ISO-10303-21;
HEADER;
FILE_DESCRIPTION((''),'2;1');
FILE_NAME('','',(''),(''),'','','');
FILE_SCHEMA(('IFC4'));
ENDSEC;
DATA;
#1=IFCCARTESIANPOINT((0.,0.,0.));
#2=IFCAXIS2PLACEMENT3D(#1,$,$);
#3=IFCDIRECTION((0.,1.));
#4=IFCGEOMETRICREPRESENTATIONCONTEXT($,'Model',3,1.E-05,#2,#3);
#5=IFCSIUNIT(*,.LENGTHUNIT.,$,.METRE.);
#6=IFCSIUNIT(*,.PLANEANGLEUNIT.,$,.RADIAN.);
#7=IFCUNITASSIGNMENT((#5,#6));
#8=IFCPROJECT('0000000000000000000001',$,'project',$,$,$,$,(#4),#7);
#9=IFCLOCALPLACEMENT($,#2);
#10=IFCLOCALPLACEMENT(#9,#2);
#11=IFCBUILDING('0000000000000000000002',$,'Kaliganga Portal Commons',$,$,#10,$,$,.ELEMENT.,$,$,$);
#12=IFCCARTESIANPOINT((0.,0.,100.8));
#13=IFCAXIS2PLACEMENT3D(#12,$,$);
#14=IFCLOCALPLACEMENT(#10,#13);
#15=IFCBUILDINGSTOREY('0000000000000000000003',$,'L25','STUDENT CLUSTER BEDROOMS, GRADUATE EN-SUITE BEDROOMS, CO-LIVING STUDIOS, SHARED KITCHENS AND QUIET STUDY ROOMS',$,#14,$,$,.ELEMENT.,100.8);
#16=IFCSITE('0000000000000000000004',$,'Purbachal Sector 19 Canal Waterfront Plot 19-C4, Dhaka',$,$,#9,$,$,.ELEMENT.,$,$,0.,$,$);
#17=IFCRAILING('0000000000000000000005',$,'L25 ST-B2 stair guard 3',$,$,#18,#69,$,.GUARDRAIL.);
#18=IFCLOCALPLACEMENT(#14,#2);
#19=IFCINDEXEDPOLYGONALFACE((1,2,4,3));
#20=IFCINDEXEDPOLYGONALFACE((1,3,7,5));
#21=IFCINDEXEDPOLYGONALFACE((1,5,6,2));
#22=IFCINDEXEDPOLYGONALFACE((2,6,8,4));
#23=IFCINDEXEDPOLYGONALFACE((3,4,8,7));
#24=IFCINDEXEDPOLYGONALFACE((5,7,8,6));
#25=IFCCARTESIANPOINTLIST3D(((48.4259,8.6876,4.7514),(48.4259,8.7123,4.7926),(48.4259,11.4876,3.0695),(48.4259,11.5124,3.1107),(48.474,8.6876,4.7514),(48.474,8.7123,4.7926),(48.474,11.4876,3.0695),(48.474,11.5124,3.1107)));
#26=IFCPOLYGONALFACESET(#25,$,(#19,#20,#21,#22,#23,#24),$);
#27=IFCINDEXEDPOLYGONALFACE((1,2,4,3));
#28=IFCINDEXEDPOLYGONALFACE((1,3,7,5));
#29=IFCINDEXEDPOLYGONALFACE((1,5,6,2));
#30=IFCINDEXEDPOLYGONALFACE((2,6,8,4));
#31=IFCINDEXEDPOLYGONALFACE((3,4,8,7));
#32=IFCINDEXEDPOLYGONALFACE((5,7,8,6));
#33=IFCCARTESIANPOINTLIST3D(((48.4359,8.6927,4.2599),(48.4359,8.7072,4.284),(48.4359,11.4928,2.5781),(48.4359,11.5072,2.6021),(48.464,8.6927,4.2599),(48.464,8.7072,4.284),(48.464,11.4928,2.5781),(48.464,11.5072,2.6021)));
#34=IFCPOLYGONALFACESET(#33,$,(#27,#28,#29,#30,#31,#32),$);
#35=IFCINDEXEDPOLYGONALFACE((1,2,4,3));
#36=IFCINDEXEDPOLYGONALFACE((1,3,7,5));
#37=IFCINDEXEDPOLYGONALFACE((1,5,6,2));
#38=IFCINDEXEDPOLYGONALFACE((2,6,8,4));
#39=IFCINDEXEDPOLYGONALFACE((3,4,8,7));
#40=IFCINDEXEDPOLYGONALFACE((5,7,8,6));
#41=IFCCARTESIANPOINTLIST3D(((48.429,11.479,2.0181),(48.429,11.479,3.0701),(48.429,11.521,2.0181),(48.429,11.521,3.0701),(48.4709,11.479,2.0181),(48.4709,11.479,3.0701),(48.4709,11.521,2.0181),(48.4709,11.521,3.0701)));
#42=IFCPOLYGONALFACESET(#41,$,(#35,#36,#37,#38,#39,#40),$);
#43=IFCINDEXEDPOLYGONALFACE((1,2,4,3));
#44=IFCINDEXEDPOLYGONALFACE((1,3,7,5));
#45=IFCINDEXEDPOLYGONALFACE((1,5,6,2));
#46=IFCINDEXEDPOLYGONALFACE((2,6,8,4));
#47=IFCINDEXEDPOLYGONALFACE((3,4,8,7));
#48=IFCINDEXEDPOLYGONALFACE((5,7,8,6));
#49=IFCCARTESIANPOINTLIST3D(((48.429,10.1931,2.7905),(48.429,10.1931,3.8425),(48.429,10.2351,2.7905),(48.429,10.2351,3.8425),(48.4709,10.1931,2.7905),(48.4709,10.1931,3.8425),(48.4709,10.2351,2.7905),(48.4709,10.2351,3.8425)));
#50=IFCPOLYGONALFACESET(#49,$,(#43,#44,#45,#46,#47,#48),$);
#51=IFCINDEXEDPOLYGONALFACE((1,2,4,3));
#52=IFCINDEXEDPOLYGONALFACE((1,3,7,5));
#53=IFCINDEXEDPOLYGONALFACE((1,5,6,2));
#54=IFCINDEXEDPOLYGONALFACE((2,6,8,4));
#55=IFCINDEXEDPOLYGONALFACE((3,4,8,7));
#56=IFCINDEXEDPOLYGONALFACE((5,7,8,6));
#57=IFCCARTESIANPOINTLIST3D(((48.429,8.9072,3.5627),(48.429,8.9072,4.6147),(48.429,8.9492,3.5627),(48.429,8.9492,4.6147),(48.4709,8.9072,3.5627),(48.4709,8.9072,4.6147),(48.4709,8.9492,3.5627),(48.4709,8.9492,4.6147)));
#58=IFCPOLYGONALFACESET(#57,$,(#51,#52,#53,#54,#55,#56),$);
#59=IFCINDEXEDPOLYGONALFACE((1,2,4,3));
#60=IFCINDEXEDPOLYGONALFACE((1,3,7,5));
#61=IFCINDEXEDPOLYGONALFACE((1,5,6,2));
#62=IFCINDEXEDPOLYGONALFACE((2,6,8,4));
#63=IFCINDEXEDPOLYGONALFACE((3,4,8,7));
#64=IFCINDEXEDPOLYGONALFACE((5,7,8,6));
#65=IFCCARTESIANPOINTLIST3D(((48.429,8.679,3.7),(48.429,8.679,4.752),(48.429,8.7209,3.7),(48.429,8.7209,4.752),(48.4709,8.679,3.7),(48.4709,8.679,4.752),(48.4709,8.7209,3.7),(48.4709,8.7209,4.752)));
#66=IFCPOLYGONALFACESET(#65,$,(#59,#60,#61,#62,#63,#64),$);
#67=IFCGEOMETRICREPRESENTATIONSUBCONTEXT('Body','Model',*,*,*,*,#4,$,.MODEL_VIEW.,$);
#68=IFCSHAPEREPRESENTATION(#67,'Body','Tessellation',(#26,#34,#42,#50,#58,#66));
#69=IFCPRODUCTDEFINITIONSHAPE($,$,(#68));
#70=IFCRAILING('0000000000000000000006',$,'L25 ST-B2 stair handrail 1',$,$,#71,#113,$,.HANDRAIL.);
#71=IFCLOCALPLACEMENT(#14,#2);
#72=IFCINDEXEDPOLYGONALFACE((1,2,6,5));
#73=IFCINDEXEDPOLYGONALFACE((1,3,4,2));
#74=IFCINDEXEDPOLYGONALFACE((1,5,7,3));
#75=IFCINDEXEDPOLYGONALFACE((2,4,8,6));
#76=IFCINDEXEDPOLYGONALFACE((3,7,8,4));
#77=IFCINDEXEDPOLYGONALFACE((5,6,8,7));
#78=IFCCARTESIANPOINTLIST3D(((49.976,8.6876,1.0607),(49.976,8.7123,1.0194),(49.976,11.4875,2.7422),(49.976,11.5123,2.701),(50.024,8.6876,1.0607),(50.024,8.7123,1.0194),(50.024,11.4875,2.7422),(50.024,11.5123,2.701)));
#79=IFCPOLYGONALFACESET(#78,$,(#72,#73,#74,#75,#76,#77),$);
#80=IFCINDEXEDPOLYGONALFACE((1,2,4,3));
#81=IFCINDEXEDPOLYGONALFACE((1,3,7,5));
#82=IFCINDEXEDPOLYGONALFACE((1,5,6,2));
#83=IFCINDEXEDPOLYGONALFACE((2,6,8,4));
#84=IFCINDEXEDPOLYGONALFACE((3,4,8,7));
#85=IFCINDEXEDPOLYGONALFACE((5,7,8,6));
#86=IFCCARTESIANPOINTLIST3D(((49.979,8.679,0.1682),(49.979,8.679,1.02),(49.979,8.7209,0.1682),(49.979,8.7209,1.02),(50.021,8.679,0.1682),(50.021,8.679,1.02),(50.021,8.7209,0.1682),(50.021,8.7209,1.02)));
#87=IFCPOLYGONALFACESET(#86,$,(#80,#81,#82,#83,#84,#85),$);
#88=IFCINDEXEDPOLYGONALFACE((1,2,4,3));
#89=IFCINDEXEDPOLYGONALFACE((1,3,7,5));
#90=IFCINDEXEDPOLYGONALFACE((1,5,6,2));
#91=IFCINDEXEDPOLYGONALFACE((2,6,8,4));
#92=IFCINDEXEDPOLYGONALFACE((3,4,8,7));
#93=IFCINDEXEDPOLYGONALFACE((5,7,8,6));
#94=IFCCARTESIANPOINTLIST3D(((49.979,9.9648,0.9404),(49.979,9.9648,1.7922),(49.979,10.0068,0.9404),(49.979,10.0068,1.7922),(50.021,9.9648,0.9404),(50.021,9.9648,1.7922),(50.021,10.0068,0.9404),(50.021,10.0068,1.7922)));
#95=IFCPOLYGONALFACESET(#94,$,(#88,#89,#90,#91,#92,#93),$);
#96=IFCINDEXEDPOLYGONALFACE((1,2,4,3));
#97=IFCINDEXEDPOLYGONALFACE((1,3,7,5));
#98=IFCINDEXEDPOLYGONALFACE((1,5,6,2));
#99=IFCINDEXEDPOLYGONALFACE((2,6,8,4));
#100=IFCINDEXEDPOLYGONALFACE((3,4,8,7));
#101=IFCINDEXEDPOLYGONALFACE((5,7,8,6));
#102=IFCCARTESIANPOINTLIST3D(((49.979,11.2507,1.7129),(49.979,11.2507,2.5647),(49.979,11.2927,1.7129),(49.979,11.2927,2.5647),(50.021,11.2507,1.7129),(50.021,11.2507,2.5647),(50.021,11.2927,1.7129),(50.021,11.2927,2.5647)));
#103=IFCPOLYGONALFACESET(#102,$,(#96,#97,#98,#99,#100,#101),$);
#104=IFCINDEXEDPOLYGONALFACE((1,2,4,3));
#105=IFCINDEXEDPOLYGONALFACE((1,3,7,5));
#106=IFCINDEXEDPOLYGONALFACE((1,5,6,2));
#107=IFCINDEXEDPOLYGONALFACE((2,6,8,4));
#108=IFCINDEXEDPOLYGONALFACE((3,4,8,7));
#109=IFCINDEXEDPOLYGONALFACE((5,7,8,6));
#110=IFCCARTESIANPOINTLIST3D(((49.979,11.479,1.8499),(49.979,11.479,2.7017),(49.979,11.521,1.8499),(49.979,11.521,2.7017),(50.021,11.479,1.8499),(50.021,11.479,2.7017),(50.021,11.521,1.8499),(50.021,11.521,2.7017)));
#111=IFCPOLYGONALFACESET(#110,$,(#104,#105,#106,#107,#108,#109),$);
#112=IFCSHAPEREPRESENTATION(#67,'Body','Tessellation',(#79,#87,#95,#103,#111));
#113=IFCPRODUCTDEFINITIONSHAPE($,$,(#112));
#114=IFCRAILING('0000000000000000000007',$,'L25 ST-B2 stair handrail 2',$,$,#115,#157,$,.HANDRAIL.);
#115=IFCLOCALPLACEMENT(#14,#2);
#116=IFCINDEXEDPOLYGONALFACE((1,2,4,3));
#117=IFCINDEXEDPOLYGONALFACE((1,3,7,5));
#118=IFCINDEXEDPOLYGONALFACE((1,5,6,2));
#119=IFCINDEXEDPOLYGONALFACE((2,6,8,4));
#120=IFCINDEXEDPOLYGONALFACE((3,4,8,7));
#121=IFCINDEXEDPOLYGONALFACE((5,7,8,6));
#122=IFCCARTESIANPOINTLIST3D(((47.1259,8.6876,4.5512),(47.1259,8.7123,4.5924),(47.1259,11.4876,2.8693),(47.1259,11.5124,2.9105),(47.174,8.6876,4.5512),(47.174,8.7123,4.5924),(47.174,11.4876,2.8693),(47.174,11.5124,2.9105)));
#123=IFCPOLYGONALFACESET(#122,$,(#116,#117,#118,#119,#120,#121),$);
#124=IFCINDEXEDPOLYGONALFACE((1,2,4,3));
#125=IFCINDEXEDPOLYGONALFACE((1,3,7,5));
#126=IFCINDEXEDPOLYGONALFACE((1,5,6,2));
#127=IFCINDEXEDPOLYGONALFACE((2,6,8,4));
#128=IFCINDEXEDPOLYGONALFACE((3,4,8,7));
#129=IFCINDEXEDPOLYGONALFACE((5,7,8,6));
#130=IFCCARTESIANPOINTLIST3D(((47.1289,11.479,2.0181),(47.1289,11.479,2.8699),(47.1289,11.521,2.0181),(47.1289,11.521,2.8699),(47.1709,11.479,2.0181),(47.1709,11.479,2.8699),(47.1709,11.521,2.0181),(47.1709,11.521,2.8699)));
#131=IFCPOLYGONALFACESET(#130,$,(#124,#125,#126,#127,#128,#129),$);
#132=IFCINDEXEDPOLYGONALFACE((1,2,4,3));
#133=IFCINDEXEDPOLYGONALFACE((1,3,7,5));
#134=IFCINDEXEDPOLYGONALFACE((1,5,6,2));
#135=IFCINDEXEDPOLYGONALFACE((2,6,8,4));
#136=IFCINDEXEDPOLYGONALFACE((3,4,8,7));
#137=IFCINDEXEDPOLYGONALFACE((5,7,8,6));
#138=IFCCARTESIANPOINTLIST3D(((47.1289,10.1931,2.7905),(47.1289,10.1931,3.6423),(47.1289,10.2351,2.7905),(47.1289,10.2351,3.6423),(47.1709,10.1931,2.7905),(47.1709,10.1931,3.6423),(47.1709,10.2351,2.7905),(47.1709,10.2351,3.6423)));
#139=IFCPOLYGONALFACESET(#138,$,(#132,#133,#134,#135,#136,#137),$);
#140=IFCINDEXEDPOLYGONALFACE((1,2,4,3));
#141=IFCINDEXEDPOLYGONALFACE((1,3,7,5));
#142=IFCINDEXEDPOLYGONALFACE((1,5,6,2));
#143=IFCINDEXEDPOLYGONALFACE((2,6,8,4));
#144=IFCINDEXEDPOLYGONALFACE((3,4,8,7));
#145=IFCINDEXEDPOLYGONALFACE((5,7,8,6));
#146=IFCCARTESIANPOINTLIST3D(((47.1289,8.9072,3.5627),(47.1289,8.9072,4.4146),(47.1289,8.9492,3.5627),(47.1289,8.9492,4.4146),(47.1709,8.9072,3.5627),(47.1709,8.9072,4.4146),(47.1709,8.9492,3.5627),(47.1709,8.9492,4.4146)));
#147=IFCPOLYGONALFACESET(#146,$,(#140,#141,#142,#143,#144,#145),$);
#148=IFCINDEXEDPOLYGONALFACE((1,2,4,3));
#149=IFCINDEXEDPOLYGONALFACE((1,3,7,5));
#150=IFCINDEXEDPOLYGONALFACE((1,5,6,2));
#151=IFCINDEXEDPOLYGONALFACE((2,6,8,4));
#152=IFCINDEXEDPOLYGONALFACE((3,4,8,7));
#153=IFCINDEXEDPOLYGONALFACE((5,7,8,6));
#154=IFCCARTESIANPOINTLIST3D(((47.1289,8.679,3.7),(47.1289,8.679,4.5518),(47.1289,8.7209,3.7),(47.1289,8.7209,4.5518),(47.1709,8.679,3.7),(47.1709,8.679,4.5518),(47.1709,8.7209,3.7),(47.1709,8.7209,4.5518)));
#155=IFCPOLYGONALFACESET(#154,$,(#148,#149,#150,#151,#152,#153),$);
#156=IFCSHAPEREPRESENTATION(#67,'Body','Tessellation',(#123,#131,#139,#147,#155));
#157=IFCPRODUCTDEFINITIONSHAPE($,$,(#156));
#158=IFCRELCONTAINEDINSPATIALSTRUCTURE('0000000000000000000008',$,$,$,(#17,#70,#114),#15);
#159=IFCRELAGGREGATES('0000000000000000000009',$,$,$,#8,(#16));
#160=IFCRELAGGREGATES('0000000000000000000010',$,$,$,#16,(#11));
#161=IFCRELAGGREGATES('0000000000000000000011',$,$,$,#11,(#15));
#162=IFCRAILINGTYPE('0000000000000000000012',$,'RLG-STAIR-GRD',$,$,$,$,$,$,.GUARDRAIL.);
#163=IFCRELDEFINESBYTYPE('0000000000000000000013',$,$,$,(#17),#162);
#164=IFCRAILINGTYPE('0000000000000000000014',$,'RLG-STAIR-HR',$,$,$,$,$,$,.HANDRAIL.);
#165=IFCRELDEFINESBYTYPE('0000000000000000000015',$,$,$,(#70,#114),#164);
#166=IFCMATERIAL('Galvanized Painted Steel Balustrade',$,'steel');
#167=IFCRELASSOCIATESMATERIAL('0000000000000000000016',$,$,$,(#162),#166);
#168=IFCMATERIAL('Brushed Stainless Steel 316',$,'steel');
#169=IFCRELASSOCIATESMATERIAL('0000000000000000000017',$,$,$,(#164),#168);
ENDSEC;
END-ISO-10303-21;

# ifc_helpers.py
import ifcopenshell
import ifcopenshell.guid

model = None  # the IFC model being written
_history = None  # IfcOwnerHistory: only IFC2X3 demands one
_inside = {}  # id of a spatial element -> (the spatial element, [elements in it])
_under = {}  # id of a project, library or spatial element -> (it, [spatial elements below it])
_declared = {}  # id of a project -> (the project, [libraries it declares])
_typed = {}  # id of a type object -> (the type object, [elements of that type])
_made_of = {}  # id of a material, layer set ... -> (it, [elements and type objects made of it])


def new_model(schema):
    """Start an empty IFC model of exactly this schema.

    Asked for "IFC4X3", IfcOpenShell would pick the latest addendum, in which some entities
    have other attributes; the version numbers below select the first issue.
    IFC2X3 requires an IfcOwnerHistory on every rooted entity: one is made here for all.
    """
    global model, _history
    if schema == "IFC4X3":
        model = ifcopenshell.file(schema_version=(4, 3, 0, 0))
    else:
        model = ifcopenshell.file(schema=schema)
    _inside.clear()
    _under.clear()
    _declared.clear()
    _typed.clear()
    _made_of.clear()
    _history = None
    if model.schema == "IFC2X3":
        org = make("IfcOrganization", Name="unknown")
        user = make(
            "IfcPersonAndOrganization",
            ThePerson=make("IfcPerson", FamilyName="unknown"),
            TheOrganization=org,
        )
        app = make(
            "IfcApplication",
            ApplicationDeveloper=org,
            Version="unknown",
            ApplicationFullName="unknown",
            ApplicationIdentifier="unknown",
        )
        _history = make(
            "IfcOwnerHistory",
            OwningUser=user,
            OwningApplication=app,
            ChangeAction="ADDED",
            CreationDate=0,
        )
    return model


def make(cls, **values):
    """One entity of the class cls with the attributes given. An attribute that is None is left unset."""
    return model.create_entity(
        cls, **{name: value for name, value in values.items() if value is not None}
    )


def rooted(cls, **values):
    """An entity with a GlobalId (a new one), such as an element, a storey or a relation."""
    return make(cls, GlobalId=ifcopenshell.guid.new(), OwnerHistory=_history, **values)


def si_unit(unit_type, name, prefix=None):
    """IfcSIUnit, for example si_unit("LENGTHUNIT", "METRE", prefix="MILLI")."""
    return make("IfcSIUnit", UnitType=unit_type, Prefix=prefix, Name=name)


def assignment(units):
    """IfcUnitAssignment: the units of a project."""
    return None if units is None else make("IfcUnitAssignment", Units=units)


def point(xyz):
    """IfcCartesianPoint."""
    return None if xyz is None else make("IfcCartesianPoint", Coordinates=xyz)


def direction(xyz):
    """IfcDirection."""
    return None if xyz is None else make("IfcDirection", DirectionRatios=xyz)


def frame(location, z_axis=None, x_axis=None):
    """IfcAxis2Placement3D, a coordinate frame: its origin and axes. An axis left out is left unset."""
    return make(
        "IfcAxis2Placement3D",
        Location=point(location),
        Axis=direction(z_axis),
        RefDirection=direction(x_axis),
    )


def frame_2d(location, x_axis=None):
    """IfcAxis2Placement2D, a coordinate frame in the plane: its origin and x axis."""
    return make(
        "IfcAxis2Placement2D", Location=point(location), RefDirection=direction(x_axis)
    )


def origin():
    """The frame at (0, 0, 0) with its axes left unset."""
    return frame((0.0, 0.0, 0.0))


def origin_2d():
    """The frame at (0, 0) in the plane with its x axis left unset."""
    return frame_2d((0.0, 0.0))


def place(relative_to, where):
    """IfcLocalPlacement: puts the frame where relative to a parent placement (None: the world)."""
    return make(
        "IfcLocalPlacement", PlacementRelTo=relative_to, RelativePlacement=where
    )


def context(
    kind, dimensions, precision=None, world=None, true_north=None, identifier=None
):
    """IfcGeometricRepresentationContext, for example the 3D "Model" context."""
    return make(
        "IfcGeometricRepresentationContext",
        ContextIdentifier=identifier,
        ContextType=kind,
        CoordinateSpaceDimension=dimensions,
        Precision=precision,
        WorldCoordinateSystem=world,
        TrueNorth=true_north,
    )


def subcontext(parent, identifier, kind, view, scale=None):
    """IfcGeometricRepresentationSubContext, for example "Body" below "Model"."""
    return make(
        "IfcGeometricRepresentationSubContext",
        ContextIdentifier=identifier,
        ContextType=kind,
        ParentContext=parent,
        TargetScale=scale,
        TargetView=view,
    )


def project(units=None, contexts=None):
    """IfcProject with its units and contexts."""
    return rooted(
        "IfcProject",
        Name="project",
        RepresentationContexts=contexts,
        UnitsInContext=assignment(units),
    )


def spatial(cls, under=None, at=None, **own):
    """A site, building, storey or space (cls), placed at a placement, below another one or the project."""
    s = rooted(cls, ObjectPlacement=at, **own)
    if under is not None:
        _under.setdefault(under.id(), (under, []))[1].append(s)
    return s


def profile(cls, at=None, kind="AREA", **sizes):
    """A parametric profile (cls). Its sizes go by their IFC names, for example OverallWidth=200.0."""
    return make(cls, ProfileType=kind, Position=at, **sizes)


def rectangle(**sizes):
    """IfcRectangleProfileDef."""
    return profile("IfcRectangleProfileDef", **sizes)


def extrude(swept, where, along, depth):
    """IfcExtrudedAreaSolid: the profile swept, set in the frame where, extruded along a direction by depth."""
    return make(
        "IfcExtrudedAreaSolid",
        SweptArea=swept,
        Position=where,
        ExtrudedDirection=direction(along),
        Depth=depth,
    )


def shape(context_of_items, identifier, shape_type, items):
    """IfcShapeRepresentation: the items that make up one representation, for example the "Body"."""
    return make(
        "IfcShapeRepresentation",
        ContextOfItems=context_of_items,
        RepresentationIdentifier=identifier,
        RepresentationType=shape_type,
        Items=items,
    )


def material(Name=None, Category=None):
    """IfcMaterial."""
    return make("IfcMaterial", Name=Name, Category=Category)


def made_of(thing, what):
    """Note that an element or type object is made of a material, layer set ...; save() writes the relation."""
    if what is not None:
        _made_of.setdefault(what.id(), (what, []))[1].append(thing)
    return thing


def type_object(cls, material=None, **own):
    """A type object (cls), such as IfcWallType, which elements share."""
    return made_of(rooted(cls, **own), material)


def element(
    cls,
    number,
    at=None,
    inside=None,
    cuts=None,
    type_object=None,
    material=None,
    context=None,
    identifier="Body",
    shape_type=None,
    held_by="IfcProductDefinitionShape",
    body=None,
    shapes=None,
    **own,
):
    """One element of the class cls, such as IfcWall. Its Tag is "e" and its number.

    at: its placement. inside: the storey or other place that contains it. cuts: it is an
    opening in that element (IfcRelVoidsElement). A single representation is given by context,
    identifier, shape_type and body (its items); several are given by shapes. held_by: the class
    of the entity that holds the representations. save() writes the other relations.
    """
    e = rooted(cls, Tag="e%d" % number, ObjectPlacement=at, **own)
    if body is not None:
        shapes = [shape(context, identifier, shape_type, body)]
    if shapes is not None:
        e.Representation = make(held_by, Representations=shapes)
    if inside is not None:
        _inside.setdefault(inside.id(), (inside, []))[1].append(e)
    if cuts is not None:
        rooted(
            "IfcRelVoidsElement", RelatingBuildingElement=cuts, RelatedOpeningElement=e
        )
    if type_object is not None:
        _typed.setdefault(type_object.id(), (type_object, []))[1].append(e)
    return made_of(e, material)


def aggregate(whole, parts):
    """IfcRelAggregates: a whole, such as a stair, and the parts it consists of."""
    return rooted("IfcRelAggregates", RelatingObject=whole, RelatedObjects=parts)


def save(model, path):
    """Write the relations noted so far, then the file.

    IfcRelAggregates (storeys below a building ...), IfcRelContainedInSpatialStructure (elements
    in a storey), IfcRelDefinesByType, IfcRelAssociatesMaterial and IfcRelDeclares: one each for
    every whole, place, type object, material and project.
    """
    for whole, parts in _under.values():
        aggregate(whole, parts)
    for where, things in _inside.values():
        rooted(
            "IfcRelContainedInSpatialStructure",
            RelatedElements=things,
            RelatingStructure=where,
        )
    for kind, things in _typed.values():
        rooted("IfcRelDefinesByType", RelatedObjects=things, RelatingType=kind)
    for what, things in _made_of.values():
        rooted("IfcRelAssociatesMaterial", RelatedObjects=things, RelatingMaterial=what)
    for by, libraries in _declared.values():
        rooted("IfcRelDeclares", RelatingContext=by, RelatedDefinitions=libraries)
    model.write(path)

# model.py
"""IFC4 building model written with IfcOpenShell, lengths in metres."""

from ifc_helpers import new_model, si_unit, direction, frame, origin, origin_2d, place, context, subcontext, project, spatial, rectangle, extrude, material, type_object, element, save


model = new_model("IFC4")

# Units and contexts
model_context = context("Model", 3, precision=1e-05, world=origin(), true_north=direction((0.0, 1.0)))
body_context = subcontext(model_context, "Body", "Model", "MODEL_VIEW")
ifc_project = project(units=[si_unit("LENGTHUNIT", "METRE"), si_unit("PLANEANGLEUNIT", "RADIAN")], contexts=[model_context])

# Site, building, storey
site_placement = place(None, origin())
site = spatial("IfcSite", under=ifc_project, at=site_placement, Name="Purbachal Sector 19 Canal Waterfront Plot 19-C4, Dhaka", CompositionType="ELEMENT", RefElevation=0.0)
building_placement = place(site_placement, origin())
building = spatial("IfcBuilding", under=site, at=building_placement, Name="Kaliganga Portal Commons", CompositionType="ELEMENT")
storey_placement = place(building_placement, frame((0.0, 0.0, 100.8)))
storey = spatial("IfcBuildingStorey", under=building, at=storey_placement, Name="L25", Description="STUDENT CLUSTER BEDROOMS, GRADUATE EN-SUITE BEDROOMS, CO-LIVING STUDIOS, SHARED KITCHENS AND QUIET STUDY ROOMS", CompositionType="ELEMENT", Elevation=100.8)

# Railings
ifc_material_1 = material(Name="Galvanized Painted Steel Balustrade", Category="steel")
railing_type_1 = type_object("IfcRailingType", Name="RLG-STAIR-GRD", PredefinedType="GUARDRAIL", material=ifc_material_1)
railing_1_placement = place(storey_placement, frame((48.45, 11.5, 2.0181)))
element("IfcRailing", 1, at=railing_1_placement, inside=storey, type_object=railing_type_1, Name="L25 ST-B2 stair guard 3", PredefinedType="GUARDRAIL", context=body_context, shape_type="SweptSolid", body=[
    extrude(rectangle(XDim=0.0481, YDim=0.0481, at=origin_2d()), frame((0.0, 0.0, 1.072), z_axis=(0.0, -0.857242, 0.514913), x_axis=(1.0, 0.0, 0.0)), (0.0, 0.0, 1.0), 3.2664),
    extrude(rectangle(XDim=0.0281, YDim=0.0281, at=origin_2d()), frame((0.0, 0.0, 0.572), z_axis=(0.0, -0.857242, 0.514913), x_axis=(1.0, 0.0, 0.0)), (0.0, 0.0, 1.0), 3.2664),
    extrude(rectangle(XDim=0.042, YDim=0.042, at=origin_2d()), origin(), (0.0, 0.0, 1.0), 1.052),
    extrude(rectangle(XDim=0.042, YDim=0.042, at=origin_2d()), frame((0.0, -1.2859, 0.7725)), (0.0, 0.0, 1.0), 1.052),
    extrude(rectangle(XDim=0.042, YDim=0.042, at=origin_2d()), frame((0.0, -2.5718, 1.5447)), (0.0, 0.0, 1.0), 1.052),
    extrude(rectangle(XDim=0.042, YDim=0.042, at=origin_2d()), frame((0.0, -2.8, 1.6819)), (0.0, 0.0, 1.0), 1.052),
])
ifc_material_2 = material(Name="Brushed Stainless Steel 316", Category="steel")
railing_type_2 = type_object("IfcRailingType", Name="RLG-STAIR-HR", PredefinedType="HANDRAIL", material=ifc_material_2)
railing_2_placement = place(storey_placement, frame((50.0, 8.7, 0.1682)))
element("IfcRailing", 2, at=railing_2_placement, inside=storey, type_object=railing_type_2, Name="L25 ST-B2 stair handrail 1", PredefinedType="HANDRAIL", context=body_context, shape_type="SweptSolid", body=[
    extrude(rectangle(XDim=0.0481, YDim=0.0481, at=origin_2d()), frame((0.0, 0.0, 0.8718), z_axis=(0.0, 0.857275, 0.514858), x_axis=(-1.0, 0.0, 0.0)), (0.0, 0.0, 1.0), 3.2661),
    extrude(rectangle(XDim=0.042, YDim=0.042, at=origin_2d()), origin(), (0.0, 0.0, 1.0), 0.8518),
    extrude(rectangle(XDim=0.042, YDim=0.042, at=origin_2d()), frame((0.0, 1.2859, 0.7722)), (0.0, 0.0, 1.0), 0.8518),
    extrude(rectangle(XDim=0.042, YDim=0.042, at=origin_2d()), frame((0.0, 2.5718, 1.5447)), (0.0, 0.0, 1.0), 0.8518),
    extrude(rectangle(XDim=0.042, YDim=0.042, at=origin_2d()), frame((0.0, 2.8, 1.6816)), (0.0, 0.0, 1.0), 0.8518),
])
railing_3_placement = place(storey_placement, frame((47.1499, 11.5, 2.0181)))
element("IfcRailing", 3, at=railing_3_placement, inside=storey, type_object=railing_type_2, Name="L25 ST-B2 stair handrail 2", PredefinedType="HANDRAIL", context=body_context, shape_type="SweptSolid", body=[
    extrude(rectangle(XDim=0.0481, YDim=0.0481, at=origin_2d()), frame((0.0, 0.0, 0.8718), z_axis=(0.0, -0.857242, 0.514913), x_axis=(1.0, 0.0, 0.0)), (0.0, 0.0, 1.0), 3.2664),
    extrude(rectangle(XDim=0.042, YDim=0.042, at=origin_2d()), origin(), (0.0, 0.0, 1.0), 0.8518),
    extrude(rectangle(XDim=0.042, YDim=0.042, at=origin_2d()), frame((0.0, -1.2859, 0.7725)), (0.0, 0.0, 1.0), 0.8518),
    extrude(rectangle(XDim=0.042, YDim=0.042, at=origin_2d()), frame((0.0, -2.5718, 1.5447)), (0.0, 0.0, 1.0), 0.8518),
    extrude(rectangle(XDim=0.042, YDim=0.042, at=origin_2d()), frame((0.0, -2.8, 1.6819)), (0.0, 0.0, 1.0), 0.8518),
])

save(model, "model.ifc")
